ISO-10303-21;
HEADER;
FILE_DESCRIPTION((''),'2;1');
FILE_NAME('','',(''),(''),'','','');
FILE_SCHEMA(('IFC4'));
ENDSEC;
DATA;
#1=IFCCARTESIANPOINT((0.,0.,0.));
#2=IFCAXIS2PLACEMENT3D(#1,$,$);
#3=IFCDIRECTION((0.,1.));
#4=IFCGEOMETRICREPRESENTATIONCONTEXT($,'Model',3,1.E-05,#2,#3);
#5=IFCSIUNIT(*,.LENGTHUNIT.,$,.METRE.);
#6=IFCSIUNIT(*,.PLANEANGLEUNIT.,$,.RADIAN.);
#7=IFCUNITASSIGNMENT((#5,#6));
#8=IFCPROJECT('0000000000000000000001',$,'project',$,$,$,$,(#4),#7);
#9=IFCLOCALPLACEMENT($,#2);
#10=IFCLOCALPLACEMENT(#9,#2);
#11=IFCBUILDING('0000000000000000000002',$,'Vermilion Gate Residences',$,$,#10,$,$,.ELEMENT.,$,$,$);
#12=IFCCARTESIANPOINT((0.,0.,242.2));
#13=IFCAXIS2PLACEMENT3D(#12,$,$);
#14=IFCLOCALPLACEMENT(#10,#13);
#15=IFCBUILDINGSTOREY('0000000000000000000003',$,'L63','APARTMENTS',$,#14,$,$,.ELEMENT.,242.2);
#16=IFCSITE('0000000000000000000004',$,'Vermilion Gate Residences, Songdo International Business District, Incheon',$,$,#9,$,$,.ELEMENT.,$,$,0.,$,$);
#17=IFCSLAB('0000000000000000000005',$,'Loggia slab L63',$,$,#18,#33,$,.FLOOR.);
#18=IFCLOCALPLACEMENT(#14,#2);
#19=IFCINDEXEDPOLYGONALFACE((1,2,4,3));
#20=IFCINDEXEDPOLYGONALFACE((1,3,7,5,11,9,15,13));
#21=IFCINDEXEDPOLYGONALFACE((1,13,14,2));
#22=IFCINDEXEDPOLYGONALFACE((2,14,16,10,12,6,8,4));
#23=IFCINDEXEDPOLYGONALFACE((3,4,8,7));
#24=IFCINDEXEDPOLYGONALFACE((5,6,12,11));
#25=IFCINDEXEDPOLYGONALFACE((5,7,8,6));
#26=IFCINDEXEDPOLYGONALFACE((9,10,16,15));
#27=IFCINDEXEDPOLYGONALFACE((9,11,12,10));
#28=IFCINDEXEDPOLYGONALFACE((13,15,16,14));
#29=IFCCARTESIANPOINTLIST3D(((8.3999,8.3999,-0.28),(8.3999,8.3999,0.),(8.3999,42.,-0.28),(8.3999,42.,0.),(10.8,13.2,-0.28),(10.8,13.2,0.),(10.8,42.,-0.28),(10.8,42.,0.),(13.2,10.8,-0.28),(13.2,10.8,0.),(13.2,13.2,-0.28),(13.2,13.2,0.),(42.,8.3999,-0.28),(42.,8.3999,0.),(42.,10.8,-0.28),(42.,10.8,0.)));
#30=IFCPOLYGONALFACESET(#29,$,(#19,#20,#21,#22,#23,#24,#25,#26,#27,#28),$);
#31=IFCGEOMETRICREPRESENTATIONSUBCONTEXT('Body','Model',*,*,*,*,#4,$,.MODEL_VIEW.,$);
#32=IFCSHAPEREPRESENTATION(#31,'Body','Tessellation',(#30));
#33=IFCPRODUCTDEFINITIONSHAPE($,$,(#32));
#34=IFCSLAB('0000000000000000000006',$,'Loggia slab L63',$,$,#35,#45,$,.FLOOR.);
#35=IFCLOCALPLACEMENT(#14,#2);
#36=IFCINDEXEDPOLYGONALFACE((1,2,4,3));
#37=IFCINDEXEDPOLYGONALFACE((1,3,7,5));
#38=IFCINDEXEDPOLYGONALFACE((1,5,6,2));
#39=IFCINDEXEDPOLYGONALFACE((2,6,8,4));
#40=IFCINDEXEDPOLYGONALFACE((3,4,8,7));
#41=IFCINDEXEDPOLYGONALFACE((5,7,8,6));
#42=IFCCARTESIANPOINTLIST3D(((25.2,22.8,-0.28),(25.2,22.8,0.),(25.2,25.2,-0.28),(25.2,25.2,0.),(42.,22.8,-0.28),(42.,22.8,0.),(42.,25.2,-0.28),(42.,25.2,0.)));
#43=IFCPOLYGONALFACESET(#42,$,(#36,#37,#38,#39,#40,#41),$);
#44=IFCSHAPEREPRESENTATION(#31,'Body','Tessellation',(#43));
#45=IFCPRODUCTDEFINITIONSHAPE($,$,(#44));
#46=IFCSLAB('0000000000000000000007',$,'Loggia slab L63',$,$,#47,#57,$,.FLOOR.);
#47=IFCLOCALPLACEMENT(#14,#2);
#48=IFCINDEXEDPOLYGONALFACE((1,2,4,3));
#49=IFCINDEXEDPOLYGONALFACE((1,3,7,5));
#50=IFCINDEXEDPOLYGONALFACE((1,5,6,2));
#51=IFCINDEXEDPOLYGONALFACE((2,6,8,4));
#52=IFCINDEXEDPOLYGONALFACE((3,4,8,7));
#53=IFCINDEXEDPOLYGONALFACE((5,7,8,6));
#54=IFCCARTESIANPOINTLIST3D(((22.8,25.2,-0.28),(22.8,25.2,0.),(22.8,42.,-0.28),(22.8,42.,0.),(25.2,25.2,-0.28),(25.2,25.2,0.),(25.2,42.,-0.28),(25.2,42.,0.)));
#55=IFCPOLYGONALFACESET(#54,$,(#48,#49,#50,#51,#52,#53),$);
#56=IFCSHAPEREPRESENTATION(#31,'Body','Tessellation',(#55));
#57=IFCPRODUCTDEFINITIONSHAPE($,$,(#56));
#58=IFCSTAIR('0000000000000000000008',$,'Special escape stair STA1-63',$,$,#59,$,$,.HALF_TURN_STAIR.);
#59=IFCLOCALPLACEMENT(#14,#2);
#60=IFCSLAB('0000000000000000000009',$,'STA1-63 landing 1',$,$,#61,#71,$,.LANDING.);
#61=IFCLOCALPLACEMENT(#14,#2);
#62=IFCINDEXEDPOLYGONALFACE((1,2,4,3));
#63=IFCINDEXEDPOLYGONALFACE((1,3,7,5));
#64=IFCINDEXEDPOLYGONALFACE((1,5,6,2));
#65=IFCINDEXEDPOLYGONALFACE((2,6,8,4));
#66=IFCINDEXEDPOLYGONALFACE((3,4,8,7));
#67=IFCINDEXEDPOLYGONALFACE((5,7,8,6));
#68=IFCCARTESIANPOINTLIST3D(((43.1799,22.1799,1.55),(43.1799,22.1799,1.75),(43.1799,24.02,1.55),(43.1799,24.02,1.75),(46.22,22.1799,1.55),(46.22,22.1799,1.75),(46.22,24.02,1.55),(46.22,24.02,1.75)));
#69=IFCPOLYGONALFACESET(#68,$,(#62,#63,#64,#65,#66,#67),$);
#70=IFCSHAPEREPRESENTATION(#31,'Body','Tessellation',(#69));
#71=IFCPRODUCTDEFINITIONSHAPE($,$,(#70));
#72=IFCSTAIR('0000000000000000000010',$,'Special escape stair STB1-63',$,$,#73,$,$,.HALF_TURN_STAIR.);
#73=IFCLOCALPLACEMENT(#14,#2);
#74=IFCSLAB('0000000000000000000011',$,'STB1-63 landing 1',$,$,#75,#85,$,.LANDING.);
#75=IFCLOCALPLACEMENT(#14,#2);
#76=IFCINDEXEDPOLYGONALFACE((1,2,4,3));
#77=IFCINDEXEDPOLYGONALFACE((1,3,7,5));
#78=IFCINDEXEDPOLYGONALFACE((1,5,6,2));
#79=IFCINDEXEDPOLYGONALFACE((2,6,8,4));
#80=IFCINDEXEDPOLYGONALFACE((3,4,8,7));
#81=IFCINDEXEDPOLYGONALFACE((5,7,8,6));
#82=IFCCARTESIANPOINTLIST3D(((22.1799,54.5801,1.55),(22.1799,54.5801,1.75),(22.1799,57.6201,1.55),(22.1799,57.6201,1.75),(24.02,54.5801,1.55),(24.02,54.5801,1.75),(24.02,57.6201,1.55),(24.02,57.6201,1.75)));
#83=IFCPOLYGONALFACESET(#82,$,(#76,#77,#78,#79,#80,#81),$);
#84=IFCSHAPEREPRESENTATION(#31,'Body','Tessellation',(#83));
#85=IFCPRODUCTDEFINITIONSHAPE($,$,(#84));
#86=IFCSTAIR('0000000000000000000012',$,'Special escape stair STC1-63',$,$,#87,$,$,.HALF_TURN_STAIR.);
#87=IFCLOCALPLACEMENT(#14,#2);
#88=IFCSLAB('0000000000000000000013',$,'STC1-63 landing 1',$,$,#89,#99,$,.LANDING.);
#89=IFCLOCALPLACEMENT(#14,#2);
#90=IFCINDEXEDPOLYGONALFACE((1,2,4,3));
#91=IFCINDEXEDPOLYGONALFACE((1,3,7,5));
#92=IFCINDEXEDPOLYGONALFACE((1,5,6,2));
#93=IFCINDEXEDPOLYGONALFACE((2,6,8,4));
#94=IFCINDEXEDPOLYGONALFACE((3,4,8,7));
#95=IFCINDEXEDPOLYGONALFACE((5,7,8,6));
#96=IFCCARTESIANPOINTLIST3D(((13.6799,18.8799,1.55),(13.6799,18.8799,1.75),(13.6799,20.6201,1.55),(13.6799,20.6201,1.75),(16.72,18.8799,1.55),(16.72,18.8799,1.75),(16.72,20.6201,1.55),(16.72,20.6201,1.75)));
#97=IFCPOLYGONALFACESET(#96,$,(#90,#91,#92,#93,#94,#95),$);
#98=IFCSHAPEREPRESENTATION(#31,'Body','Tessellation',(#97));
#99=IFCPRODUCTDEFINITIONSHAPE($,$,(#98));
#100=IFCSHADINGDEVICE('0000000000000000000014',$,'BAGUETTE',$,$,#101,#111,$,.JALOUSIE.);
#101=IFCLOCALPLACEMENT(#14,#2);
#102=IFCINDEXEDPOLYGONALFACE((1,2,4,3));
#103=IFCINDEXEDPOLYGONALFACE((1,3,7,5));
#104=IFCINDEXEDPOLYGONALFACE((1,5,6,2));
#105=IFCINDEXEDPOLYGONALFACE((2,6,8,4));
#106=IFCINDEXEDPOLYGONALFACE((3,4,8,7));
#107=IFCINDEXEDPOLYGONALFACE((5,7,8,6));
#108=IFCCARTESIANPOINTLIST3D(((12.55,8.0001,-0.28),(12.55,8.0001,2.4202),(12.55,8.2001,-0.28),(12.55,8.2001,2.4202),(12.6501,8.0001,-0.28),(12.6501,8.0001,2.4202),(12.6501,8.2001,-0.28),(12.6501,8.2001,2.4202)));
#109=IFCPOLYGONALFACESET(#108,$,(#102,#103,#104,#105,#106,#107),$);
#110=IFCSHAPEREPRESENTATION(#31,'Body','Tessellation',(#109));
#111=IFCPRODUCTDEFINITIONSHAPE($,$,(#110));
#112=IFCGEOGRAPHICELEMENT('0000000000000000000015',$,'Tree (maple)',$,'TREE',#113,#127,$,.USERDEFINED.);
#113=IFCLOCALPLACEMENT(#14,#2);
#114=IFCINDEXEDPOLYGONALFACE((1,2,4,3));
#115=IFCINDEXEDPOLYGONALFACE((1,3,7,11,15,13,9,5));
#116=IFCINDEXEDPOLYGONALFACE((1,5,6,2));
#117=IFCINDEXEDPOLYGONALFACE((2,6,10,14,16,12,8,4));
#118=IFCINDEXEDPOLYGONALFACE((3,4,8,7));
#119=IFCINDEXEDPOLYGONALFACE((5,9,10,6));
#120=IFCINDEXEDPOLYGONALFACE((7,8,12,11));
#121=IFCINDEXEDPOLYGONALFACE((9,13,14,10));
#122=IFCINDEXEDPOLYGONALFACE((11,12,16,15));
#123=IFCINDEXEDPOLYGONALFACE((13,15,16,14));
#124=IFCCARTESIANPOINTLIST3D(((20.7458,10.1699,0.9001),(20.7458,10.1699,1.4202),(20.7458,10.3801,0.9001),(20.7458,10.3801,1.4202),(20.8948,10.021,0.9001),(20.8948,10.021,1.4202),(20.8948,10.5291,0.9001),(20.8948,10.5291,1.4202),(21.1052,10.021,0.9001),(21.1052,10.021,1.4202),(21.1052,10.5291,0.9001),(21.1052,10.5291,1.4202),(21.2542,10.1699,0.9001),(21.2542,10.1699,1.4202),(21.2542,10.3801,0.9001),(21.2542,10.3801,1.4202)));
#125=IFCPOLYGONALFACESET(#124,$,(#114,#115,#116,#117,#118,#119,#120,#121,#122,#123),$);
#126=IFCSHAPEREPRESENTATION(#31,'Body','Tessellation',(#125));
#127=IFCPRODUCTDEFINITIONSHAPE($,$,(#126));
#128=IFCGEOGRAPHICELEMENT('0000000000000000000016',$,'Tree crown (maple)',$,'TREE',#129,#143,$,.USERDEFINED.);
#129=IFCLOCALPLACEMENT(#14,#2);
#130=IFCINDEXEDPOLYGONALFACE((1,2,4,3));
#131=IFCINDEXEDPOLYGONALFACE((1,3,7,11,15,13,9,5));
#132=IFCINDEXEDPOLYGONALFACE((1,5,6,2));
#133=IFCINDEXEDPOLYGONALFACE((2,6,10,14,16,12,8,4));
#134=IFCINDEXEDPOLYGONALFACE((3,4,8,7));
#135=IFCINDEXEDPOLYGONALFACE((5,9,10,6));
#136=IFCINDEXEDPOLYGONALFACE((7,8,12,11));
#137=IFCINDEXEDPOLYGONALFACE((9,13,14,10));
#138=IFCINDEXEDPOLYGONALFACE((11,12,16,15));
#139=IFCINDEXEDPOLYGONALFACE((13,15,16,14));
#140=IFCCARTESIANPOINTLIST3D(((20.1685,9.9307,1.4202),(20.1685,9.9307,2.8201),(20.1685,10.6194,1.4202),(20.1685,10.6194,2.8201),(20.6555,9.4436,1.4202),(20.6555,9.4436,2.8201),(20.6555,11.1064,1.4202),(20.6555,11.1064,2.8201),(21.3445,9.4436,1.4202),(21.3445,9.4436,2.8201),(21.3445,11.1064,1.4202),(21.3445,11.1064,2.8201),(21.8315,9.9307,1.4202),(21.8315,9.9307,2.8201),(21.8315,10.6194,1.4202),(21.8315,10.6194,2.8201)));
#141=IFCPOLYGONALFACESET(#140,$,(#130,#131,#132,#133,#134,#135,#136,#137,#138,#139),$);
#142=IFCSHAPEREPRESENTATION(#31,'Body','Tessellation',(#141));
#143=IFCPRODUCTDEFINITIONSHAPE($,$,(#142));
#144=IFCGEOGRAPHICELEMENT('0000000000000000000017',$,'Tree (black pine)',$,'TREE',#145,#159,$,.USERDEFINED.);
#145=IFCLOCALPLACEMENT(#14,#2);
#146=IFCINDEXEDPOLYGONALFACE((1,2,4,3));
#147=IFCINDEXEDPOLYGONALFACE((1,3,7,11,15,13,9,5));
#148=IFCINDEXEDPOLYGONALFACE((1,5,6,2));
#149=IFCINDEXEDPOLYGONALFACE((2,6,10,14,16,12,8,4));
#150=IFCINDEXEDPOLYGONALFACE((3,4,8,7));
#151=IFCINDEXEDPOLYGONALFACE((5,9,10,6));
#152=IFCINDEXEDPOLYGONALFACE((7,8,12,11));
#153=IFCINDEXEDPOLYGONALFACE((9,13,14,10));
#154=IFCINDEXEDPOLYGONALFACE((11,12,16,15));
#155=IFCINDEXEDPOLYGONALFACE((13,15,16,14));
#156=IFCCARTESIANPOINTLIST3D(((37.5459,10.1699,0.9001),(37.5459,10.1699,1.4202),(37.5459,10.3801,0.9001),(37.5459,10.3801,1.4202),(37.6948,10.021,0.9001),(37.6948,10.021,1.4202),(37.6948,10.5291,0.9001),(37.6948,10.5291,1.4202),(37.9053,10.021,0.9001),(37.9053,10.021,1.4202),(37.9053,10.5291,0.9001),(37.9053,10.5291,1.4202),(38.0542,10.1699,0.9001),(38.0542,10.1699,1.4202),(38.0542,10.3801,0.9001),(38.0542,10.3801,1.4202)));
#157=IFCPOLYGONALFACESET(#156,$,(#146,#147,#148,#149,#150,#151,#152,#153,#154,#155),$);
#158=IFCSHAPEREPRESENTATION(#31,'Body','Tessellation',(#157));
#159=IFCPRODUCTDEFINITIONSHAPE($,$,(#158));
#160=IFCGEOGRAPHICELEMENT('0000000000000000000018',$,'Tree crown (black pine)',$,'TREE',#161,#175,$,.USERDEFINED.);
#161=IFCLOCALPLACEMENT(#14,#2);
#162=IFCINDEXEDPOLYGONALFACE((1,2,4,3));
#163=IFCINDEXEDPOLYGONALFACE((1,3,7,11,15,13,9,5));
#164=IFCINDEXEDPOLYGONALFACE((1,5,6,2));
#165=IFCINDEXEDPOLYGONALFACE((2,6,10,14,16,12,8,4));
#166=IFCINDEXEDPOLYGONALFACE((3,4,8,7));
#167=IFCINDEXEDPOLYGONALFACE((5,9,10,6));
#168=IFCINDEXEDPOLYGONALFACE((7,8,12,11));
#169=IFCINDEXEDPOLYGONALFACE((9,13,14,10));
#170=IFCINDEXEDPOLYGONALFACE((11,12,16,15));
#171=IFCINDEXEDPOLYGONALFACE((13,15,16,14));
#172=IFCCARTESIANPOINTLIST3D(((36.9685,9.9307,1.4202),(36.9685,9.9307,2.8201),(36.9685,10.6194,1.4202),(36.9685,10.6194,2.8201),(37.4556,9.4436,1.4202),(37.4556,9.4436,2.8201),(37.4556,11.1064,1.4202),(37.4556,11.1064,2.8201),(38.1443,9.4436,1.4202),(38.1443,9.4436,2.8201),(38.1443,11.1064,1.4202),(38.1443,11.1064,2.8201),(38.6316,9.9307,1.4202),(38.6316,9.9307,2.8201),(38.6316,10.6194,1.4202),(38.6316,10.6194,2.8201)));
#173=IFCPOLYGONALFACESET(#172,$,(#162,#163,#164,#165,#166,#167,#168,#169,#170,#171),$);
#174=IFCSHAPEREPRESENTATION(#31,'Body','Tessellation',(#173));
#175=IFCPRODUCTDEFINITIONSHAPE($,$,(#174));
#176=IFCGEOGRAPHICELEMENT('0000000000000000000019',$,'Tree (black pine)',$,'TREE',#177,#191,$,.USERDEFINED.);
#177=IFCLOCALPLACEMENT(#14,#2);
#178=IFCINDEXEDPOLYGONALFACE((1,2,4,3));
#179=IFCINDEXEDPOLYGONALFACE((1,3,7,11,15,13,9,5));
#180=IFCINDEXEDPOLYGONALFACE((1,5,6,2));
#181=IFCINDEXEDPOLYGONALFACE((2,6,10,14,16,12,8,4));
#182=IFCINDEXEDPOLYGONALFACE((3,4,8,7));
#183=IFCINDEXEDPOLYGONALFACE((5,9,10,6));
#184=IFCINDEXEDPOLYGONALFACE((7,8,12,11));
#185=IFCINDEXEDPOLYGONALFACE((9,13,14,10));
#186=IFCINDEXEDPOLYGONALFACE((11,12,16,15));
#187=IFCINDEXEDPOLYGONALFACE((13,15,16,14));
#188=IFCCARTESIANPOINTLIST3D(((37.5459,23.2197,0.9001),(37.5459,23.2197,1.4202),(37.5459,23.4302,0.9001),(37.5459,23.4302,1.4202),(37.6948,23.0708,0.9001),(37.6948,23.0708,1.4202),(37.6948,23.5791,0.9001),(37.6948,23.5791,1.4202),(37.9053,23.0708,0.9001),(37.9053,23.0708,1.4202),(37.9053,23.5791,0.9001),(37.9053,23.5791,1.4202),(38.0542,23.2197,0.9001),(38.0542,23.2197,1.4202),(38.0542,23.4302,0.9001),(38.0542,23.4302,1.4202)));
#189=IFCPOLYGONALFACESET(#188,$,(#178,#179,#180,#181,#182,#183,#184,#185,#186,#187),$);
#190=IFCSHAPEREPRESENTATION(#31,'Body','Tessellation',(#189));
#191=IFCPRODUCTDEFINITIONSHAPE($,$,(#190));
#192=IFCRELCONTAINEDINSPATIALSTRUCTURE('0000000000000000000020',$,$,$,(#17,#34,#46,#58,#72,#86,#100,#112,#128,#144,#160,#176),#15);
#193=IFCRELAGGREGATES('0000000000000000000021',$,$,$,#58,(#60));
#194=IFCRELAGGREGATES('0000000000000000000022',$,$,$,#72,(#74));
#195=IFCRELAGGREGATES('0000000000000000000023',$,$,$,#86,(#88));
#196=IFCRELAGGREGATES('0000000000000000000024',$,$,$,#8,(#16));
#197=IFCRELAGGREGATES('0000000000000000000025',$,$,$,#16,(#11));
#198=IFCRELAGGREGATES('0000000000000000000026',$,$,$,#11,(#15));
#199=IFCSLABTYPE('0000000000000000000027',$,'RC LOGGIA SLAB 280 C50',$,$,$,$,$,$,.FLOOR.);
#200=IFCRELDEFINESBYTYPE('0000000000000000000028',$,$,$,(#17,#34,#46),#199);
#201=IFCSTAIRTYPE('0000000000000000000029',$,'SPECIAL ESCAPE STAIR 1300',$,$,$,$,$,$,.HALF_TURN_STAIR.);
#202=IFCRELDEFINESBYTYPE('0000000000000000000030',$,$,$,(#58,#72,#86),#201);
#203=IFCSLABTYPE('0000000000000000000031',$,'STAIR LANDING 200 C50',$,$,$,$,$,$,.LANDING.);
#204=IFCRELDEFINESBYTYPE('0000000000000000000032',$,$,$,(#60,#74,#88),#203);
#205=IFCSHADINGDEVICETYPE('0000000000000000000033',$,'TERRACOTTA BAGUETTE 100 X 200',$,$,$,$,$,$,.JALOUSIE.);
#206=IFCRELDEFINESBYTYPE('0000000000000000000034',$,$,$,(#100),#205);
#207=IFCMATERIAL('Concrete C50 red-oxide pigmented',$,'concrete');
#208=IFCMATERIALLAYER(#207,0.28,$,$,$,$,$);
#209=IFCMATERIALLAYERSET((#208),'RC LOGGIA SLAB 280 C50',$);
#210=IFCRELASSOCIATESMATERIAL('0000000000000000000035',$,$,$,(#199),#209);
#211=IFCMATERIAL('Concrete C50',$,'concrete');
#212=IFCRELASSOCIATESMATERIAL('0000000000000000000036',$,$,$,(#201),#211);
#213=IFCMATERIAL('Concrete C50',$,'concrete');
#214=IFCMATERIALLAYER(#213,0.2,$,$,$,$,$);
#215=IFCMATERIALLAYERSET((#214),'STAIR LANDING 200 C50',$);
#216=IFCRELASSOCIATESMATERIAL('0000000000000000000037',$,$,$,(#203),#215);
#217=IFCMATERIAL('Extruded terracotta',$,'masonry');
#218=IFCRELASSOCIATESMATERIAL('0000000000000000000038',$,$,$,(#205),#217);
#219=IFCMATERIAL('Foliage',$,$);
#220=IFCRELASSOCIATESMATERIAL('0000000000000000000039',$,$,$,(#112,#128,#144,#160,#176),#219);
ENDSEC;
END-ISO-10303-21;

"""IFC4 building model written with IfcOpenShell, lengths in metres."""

from ifc_helpers import new_model, si_unit, direction, frame, origin, origin_2d, place, context, subcontext, project, spatial, polyline, rectangle, outline, extrude, material, layer, layer_set, material_profile, profile_set, type_object, element, aggregate, save


model = new_model("IFC4")

# Units and contexts
model_context = context("Model", 3, precision=1e-05, world=origin(), true_north=direction((0.0, 1.0)))
body_context = subcontext(model_context, "Body", "Model", "MODEL_VIEW")
ifc_project = project(units=[si_unit("LENGTHUNIT", "METRE"), si_unit("PLANEANGLEUNIT", "RADIAN")], contexts=[model_context])

# Site, building, storey
site_placement = place(None, origin())
site = spatial("IfcSite", under=ifc_project, at=site_placement, Name="Vermilion Gate Residences, Songdo International Business District, Incheon", CompositionType="ELEMENT", RefElevation=0.0)
building_placement = place(site_placement, origin())
building = spatial("IfcBuilding", under=site, at=building_placement, Name="Vermilion Gate Residences", CompositionType="ELEMENT")
storey_placement = place(building_placement, frame((0.0, 0.0, 242.2)))
storey = spatial("IfcBuildingStorey", under=building, at=storey_placement, Name="L63", Description="APARTMENTS", CompositionType="ELEMENT", Elevation=242.2)

# Slabs
ifc_material_1 = material(Name="Concrete C50 red-oxide pigmented", Category="concrete")
ifc_layer_1 = layer(ifc_material_1, 0.28)
ifc_layer_set_1 = layer_set([ifc_layer_1], Name="RC LOGGIA SLAB 280 C50")
slab_type_1 = type_object("IfcSlabType", Name="RC LOGGIA SLAB 280 C50", PredefinedType="FLOOR", material=ifc_layer_set_1)
slab_1_placement = place(storey_placement, frame((0.0, 0.0, -0.28)))
element("IfcSlab", 1, at=slab_1_placement, inside=storey, type_object=slab_type_1, Name="Loggia slab L63", PredefinedType="FLOOR", context=body_context, shape_type="SweptSolid", body=[
    extrude(outline(polyline([(8.3999, 8.3999), (42.0, 8.3999), (42.0, 10.8), (13.2, 10.8), (13.2, 13.2), (10.8, 13.2), (10.8, 42.0), (8.3999, 42.0), (8.3999, 8.3999)])), origin(), (0.0, 0.0, 1.0), 0.28),
])
slab_2_placement = place(storey_placement, frame((0.0, 0.0, -0.28)))
element("IfcSlab", 2, at=slab_2_placement, inside=storey, type_object=slab_type_1, Name="Loggia slab L63", PredefinedType="FLOOR", context=body_context, shape_type="SweptSolid", body=[
    extrude(outline(polyline([(25.2, 22.8), (42.0, 22.8), (42.0, 25.2), (25.2, 25.2), (25.2, 22.8)])), origin(), (0.0, 0.0, 1.0), 0.28),
])
slab_3_placement = place(storey_placement, frame((0.0, 0.0, -0.28)))
element("IfcSlab", 3, at=slab_3_placement, inside=storey, type_object=slab_type_1, Name="Loggia slab L63", PredefinedType="FLOOR", context=body_context, shape_type="SweptSolid", body=[
    extrude(outline(polyline([(25.2, 42.0), (22.8, 42.0), (22.8, 25.2), (25.2, 25.2), (25.2, 42.0)])), origin(), (0.0, 0.0, 1.0), 0.28),
])

# Stairs, slabs
ifc_material_2 = material(Name="Concrete C50", Category="concrete")
stair_type = type_object("IfcStairType", Name="SPECIAL ESCAPE STAIR 1300", PredefinedType="HALF_TURN_STAIR", material=ifc_material_2)
stair_1_placement = place(storey_placement, origin())
stair_1 = element("IfcStair", 4, at=stair_1_placement, inside=storey, type_object=stair_type, Name="Special escape stair STA1-63", PredefinedType="HALF_TURN_STAIR")
ifc_material_3 = material(Name="Concrete C50", Category="concrete")
ifc_layer_2 = layer(ifc_material_3, 0.2)
ifc_layer_set_2 = layer_set([ifc_layer_2], Name="STAIR LANDING 200 C50")
slab_type_2 = type_object("IfcSlabType", Name="STAIR LANDING 200 C50", PredefinedType="LANDING", material=ifc_layer_set_2)
slab_4_placement = place(storey_placement, frame((0.0, 0.0, 1.55)))
slab_4 = element("IfcSlab", 5, at=slab_4_placement, type_object=slab_type_2, Name="STA1-63 landing 1", PredefinedType="LANDING", context=body_context, shape_type="SweptSolid", body=[
    extrude(outline(polyline([(46.22, 22.1799), (46.22, 24.02), (43.1799, 24.02), (43.1799, 22.1799), (46.22, 22.1799)])), origin(), (0.0, 0.0, 1.0), 0.2),
])
aggregate(stair_1, [slab_4])
stair_2_placement = place(storey_placement, origin())
stair_2 = element("IfcStair", 6, at=stair_2_placement, inside=storey, type_object=stair_type, Name="Special escape stair STB1-63", PredefinedType="HALF_TURN_STAIR")
slab_5_placement = place(storey_placement, frame((0.0, 0.0, 1.55)))
slab_5 = element("IfcSlab", 7, at=slab_5_placement, type_object=slab_type_2, Name="STB1-63 landing 1", PredefinedType="LANDING", context=body_context, shape_type="SweptSolid", body=[
    extrude(outline(polyline([(24.02, 54.5801), (24.02, 57.6201), (22.1799, 57.6201), (22.1799, 54.5801), (24.02, 54.5801)])), origin(), (0.0, 0.0, 1.0), 0.2),
])
aggregate(stair_2, [slab_5])
stair_3_placement = place(storey_placement, origin())
stair_3 = element("IfcStair", 8, at=stair_3_placement, inside=storey, type_object=stair_type, Name="Special escape stair STC1-63", PredefinedType="HALF_TURN_STAIR")
slab_6_placement = place(storey_placement, frame((0.0, 0.0, 1.55)))
slab_6 = element("IfcSlab", 9, at=slab_6_placement, type_object=slab_type_2, Name="STC1-63 landing 1", PredefinedType="LANDING", context=body_context, shape_type="SweptSolid", body=[
    extrude(outline(polyline([(16.72, 18.8799), (16.72, 20.6201), (13.6799, 20.6201), (13.6799, 18.8799), (16.72, 18.8799)])), origin(), (0.0, 0.0, 1.0), 0.2),
])
aggregate(stair_3, [slab_6])

# Shading device
ifc_material_4 = material(Name="Extruded terracotta", Category="masonry")
ifc_material_profile_1 = material_profile(ifc_material_4, rectangle(XDim=0.2, YDim=0.1001, at=origin_2d()), Name="BAGUETTE 100 X 200")
ifc_profile_set_1 = profile_set([ifc_material_profile_1], Name="Extruded terracotta")
shading_device_type = type_object("IfcShadingDeviceType", Name="TERRACOTTA BAGUETTE 100 X 200", PredefinedType="JALOUSIE", material=ifc_profile_set_1)
shading_device_placement = place(storey_placement, frame((12.6001, 8.1001, -0.28), z_axis=(0.0, 0.0, 1.0), x_axis=(0.0, 1.0, 0.0)))
element("IfcShadingDevice", 10, at=shading_device_placement, inside=storey, type_object=shading_device_type, Name="BAGUETTE", PredefinedType="JALOUSIE", context=body_context, shape_type="SweptSolid", body=[
    extrude(rectangle(XDim=0.2, YDim=0.1001, at=origin_2d()), origin(), (0.0, 0.0, 1.0), 2.7002),
])

# Geographic elements
ifc_material_5 = material(Name="Foliage")
geographic_element_1_placement = place(storey_placement, frame((0.0, 0.0, 0.9001)))
element("IfcGeographicElement", 11, at=geographic_element_1_placement, inside=storey, material=ifc_material_5, Name="Tree (maple)", ObjectType="TREE", PredefinedType="USERDEFINED", context=body_context, shape_type="SweptSolid", body=[
    extrude(outline(polyline([(21.2542, 10.3801), (21.1052, 10.5291), (20.8948, 10.5291), (20.7458, 10.3801), (20.7458, 10.1699), (20.8948, 10.021), (21.1052, 10.021), (21.2542, 10.1699), (21.2542, 10.3801)])), origin(), (0.0, 0.0, 1.0), 0.52),
])
geographic_element_2_placement = place(storey_placement, frame((0.0, 0.0, 1.4202)))
element("IfcGeographicElement", 12, at=geographic_element_2_placement, inside=storey, material=ifc_material_5, Name="Tree crown (maple)", ObjectType="TREE", PredefinedType="USERDEFINED", context=body_context, shape_type="SweptSolid", body=[
    extrude(outline(polyline([(21.8315, 10.6194), (21.3445, 11.1064), (20.6555, 11.1064), (20.1685, 10.6194), (20.1685, 9.9307), (20.6555, 9.4436), (21.3445, 9.4436), (21.8315, 9.9307), (21.8315, 10.6194)])), origin(), (0.0, 0.0, 1.0), 1.3999),
])
geographic_element_3_placement = place(storey_placement, frame((0.0, 0.0, 0.9001)))
element("IfcGeographicElement", 13, at=geographic_element_3_placement, inside=storey, material=ifc_material_5, Name="Tree (black pine)", ObjectType="TREE", PredefinedType="USERDEFINED", context=body_context, shape_type="SweptSolid", body=[
    extrude(outline(polyline([(38.0542, 10.3801), (37.9053, 10.5291), (37.6948, 10.5291), (37.5459, 10.3801), (37.5459, 10.1699), (37.6948, 10.021), (37.9053, 10.021), (38.0542, 10.1699), (38.0542, 10.3801)])), origin(), (0.0, 0.0, 1.0), 0.52),
])
geographic_element_4_placement = place(storey_placement, frame((0.0, 0.0, 1.4202)))
element("IfcGeographicElement", 14, at=geographic_element_4_placement, inside=storey, material=ifc_material_5, Name="Tree crown (black pine)", ObjectType="TREE", PredefinedType="USERDEFINED", context=body_context, shape_type="SweptSolid", body=[
    extrude(outline(polyline([(38.6316, 10.6194), (38.1443, 11.1064), (37.4556, 11.1064), (36.9685, 10.6194), (36.9685, 9.9307), (37.4556, 9.4436), (38.1443, 9.4436), (38.6316, 9.9307), (38.6316, 10.6194)])), origin(), (0.0, 0.0, 1.0), 1.3999),
])
geographic_element_5_placement = place(storey_placement, frame((0.0, 0.0, 0.9001)))
element("IfcGeographicElement", 15, at=geographic_element_5_placement, inside=storey, material=ifc_material_5, Name="Tree (black pine)", ObjectType="TREE", PredefinedType="USERDEFINED", context=body_context, shape_type="SweptSolid", body=[
    extrude(outline(polyline([(38.0542, 23.4302), (37.9053, 23.5791), (37.6948, 23.5791), (37.5459, 23.4302), (37.5459, 23.2197), (37.6948, 23.0708), (37.9053, 23.0708), (38.0542, 23.2197), (38.0542, 23.4302)])), origin(), (0.0, 0.0, 1.0), 0.52),
])

save(model, "model.ifc")
